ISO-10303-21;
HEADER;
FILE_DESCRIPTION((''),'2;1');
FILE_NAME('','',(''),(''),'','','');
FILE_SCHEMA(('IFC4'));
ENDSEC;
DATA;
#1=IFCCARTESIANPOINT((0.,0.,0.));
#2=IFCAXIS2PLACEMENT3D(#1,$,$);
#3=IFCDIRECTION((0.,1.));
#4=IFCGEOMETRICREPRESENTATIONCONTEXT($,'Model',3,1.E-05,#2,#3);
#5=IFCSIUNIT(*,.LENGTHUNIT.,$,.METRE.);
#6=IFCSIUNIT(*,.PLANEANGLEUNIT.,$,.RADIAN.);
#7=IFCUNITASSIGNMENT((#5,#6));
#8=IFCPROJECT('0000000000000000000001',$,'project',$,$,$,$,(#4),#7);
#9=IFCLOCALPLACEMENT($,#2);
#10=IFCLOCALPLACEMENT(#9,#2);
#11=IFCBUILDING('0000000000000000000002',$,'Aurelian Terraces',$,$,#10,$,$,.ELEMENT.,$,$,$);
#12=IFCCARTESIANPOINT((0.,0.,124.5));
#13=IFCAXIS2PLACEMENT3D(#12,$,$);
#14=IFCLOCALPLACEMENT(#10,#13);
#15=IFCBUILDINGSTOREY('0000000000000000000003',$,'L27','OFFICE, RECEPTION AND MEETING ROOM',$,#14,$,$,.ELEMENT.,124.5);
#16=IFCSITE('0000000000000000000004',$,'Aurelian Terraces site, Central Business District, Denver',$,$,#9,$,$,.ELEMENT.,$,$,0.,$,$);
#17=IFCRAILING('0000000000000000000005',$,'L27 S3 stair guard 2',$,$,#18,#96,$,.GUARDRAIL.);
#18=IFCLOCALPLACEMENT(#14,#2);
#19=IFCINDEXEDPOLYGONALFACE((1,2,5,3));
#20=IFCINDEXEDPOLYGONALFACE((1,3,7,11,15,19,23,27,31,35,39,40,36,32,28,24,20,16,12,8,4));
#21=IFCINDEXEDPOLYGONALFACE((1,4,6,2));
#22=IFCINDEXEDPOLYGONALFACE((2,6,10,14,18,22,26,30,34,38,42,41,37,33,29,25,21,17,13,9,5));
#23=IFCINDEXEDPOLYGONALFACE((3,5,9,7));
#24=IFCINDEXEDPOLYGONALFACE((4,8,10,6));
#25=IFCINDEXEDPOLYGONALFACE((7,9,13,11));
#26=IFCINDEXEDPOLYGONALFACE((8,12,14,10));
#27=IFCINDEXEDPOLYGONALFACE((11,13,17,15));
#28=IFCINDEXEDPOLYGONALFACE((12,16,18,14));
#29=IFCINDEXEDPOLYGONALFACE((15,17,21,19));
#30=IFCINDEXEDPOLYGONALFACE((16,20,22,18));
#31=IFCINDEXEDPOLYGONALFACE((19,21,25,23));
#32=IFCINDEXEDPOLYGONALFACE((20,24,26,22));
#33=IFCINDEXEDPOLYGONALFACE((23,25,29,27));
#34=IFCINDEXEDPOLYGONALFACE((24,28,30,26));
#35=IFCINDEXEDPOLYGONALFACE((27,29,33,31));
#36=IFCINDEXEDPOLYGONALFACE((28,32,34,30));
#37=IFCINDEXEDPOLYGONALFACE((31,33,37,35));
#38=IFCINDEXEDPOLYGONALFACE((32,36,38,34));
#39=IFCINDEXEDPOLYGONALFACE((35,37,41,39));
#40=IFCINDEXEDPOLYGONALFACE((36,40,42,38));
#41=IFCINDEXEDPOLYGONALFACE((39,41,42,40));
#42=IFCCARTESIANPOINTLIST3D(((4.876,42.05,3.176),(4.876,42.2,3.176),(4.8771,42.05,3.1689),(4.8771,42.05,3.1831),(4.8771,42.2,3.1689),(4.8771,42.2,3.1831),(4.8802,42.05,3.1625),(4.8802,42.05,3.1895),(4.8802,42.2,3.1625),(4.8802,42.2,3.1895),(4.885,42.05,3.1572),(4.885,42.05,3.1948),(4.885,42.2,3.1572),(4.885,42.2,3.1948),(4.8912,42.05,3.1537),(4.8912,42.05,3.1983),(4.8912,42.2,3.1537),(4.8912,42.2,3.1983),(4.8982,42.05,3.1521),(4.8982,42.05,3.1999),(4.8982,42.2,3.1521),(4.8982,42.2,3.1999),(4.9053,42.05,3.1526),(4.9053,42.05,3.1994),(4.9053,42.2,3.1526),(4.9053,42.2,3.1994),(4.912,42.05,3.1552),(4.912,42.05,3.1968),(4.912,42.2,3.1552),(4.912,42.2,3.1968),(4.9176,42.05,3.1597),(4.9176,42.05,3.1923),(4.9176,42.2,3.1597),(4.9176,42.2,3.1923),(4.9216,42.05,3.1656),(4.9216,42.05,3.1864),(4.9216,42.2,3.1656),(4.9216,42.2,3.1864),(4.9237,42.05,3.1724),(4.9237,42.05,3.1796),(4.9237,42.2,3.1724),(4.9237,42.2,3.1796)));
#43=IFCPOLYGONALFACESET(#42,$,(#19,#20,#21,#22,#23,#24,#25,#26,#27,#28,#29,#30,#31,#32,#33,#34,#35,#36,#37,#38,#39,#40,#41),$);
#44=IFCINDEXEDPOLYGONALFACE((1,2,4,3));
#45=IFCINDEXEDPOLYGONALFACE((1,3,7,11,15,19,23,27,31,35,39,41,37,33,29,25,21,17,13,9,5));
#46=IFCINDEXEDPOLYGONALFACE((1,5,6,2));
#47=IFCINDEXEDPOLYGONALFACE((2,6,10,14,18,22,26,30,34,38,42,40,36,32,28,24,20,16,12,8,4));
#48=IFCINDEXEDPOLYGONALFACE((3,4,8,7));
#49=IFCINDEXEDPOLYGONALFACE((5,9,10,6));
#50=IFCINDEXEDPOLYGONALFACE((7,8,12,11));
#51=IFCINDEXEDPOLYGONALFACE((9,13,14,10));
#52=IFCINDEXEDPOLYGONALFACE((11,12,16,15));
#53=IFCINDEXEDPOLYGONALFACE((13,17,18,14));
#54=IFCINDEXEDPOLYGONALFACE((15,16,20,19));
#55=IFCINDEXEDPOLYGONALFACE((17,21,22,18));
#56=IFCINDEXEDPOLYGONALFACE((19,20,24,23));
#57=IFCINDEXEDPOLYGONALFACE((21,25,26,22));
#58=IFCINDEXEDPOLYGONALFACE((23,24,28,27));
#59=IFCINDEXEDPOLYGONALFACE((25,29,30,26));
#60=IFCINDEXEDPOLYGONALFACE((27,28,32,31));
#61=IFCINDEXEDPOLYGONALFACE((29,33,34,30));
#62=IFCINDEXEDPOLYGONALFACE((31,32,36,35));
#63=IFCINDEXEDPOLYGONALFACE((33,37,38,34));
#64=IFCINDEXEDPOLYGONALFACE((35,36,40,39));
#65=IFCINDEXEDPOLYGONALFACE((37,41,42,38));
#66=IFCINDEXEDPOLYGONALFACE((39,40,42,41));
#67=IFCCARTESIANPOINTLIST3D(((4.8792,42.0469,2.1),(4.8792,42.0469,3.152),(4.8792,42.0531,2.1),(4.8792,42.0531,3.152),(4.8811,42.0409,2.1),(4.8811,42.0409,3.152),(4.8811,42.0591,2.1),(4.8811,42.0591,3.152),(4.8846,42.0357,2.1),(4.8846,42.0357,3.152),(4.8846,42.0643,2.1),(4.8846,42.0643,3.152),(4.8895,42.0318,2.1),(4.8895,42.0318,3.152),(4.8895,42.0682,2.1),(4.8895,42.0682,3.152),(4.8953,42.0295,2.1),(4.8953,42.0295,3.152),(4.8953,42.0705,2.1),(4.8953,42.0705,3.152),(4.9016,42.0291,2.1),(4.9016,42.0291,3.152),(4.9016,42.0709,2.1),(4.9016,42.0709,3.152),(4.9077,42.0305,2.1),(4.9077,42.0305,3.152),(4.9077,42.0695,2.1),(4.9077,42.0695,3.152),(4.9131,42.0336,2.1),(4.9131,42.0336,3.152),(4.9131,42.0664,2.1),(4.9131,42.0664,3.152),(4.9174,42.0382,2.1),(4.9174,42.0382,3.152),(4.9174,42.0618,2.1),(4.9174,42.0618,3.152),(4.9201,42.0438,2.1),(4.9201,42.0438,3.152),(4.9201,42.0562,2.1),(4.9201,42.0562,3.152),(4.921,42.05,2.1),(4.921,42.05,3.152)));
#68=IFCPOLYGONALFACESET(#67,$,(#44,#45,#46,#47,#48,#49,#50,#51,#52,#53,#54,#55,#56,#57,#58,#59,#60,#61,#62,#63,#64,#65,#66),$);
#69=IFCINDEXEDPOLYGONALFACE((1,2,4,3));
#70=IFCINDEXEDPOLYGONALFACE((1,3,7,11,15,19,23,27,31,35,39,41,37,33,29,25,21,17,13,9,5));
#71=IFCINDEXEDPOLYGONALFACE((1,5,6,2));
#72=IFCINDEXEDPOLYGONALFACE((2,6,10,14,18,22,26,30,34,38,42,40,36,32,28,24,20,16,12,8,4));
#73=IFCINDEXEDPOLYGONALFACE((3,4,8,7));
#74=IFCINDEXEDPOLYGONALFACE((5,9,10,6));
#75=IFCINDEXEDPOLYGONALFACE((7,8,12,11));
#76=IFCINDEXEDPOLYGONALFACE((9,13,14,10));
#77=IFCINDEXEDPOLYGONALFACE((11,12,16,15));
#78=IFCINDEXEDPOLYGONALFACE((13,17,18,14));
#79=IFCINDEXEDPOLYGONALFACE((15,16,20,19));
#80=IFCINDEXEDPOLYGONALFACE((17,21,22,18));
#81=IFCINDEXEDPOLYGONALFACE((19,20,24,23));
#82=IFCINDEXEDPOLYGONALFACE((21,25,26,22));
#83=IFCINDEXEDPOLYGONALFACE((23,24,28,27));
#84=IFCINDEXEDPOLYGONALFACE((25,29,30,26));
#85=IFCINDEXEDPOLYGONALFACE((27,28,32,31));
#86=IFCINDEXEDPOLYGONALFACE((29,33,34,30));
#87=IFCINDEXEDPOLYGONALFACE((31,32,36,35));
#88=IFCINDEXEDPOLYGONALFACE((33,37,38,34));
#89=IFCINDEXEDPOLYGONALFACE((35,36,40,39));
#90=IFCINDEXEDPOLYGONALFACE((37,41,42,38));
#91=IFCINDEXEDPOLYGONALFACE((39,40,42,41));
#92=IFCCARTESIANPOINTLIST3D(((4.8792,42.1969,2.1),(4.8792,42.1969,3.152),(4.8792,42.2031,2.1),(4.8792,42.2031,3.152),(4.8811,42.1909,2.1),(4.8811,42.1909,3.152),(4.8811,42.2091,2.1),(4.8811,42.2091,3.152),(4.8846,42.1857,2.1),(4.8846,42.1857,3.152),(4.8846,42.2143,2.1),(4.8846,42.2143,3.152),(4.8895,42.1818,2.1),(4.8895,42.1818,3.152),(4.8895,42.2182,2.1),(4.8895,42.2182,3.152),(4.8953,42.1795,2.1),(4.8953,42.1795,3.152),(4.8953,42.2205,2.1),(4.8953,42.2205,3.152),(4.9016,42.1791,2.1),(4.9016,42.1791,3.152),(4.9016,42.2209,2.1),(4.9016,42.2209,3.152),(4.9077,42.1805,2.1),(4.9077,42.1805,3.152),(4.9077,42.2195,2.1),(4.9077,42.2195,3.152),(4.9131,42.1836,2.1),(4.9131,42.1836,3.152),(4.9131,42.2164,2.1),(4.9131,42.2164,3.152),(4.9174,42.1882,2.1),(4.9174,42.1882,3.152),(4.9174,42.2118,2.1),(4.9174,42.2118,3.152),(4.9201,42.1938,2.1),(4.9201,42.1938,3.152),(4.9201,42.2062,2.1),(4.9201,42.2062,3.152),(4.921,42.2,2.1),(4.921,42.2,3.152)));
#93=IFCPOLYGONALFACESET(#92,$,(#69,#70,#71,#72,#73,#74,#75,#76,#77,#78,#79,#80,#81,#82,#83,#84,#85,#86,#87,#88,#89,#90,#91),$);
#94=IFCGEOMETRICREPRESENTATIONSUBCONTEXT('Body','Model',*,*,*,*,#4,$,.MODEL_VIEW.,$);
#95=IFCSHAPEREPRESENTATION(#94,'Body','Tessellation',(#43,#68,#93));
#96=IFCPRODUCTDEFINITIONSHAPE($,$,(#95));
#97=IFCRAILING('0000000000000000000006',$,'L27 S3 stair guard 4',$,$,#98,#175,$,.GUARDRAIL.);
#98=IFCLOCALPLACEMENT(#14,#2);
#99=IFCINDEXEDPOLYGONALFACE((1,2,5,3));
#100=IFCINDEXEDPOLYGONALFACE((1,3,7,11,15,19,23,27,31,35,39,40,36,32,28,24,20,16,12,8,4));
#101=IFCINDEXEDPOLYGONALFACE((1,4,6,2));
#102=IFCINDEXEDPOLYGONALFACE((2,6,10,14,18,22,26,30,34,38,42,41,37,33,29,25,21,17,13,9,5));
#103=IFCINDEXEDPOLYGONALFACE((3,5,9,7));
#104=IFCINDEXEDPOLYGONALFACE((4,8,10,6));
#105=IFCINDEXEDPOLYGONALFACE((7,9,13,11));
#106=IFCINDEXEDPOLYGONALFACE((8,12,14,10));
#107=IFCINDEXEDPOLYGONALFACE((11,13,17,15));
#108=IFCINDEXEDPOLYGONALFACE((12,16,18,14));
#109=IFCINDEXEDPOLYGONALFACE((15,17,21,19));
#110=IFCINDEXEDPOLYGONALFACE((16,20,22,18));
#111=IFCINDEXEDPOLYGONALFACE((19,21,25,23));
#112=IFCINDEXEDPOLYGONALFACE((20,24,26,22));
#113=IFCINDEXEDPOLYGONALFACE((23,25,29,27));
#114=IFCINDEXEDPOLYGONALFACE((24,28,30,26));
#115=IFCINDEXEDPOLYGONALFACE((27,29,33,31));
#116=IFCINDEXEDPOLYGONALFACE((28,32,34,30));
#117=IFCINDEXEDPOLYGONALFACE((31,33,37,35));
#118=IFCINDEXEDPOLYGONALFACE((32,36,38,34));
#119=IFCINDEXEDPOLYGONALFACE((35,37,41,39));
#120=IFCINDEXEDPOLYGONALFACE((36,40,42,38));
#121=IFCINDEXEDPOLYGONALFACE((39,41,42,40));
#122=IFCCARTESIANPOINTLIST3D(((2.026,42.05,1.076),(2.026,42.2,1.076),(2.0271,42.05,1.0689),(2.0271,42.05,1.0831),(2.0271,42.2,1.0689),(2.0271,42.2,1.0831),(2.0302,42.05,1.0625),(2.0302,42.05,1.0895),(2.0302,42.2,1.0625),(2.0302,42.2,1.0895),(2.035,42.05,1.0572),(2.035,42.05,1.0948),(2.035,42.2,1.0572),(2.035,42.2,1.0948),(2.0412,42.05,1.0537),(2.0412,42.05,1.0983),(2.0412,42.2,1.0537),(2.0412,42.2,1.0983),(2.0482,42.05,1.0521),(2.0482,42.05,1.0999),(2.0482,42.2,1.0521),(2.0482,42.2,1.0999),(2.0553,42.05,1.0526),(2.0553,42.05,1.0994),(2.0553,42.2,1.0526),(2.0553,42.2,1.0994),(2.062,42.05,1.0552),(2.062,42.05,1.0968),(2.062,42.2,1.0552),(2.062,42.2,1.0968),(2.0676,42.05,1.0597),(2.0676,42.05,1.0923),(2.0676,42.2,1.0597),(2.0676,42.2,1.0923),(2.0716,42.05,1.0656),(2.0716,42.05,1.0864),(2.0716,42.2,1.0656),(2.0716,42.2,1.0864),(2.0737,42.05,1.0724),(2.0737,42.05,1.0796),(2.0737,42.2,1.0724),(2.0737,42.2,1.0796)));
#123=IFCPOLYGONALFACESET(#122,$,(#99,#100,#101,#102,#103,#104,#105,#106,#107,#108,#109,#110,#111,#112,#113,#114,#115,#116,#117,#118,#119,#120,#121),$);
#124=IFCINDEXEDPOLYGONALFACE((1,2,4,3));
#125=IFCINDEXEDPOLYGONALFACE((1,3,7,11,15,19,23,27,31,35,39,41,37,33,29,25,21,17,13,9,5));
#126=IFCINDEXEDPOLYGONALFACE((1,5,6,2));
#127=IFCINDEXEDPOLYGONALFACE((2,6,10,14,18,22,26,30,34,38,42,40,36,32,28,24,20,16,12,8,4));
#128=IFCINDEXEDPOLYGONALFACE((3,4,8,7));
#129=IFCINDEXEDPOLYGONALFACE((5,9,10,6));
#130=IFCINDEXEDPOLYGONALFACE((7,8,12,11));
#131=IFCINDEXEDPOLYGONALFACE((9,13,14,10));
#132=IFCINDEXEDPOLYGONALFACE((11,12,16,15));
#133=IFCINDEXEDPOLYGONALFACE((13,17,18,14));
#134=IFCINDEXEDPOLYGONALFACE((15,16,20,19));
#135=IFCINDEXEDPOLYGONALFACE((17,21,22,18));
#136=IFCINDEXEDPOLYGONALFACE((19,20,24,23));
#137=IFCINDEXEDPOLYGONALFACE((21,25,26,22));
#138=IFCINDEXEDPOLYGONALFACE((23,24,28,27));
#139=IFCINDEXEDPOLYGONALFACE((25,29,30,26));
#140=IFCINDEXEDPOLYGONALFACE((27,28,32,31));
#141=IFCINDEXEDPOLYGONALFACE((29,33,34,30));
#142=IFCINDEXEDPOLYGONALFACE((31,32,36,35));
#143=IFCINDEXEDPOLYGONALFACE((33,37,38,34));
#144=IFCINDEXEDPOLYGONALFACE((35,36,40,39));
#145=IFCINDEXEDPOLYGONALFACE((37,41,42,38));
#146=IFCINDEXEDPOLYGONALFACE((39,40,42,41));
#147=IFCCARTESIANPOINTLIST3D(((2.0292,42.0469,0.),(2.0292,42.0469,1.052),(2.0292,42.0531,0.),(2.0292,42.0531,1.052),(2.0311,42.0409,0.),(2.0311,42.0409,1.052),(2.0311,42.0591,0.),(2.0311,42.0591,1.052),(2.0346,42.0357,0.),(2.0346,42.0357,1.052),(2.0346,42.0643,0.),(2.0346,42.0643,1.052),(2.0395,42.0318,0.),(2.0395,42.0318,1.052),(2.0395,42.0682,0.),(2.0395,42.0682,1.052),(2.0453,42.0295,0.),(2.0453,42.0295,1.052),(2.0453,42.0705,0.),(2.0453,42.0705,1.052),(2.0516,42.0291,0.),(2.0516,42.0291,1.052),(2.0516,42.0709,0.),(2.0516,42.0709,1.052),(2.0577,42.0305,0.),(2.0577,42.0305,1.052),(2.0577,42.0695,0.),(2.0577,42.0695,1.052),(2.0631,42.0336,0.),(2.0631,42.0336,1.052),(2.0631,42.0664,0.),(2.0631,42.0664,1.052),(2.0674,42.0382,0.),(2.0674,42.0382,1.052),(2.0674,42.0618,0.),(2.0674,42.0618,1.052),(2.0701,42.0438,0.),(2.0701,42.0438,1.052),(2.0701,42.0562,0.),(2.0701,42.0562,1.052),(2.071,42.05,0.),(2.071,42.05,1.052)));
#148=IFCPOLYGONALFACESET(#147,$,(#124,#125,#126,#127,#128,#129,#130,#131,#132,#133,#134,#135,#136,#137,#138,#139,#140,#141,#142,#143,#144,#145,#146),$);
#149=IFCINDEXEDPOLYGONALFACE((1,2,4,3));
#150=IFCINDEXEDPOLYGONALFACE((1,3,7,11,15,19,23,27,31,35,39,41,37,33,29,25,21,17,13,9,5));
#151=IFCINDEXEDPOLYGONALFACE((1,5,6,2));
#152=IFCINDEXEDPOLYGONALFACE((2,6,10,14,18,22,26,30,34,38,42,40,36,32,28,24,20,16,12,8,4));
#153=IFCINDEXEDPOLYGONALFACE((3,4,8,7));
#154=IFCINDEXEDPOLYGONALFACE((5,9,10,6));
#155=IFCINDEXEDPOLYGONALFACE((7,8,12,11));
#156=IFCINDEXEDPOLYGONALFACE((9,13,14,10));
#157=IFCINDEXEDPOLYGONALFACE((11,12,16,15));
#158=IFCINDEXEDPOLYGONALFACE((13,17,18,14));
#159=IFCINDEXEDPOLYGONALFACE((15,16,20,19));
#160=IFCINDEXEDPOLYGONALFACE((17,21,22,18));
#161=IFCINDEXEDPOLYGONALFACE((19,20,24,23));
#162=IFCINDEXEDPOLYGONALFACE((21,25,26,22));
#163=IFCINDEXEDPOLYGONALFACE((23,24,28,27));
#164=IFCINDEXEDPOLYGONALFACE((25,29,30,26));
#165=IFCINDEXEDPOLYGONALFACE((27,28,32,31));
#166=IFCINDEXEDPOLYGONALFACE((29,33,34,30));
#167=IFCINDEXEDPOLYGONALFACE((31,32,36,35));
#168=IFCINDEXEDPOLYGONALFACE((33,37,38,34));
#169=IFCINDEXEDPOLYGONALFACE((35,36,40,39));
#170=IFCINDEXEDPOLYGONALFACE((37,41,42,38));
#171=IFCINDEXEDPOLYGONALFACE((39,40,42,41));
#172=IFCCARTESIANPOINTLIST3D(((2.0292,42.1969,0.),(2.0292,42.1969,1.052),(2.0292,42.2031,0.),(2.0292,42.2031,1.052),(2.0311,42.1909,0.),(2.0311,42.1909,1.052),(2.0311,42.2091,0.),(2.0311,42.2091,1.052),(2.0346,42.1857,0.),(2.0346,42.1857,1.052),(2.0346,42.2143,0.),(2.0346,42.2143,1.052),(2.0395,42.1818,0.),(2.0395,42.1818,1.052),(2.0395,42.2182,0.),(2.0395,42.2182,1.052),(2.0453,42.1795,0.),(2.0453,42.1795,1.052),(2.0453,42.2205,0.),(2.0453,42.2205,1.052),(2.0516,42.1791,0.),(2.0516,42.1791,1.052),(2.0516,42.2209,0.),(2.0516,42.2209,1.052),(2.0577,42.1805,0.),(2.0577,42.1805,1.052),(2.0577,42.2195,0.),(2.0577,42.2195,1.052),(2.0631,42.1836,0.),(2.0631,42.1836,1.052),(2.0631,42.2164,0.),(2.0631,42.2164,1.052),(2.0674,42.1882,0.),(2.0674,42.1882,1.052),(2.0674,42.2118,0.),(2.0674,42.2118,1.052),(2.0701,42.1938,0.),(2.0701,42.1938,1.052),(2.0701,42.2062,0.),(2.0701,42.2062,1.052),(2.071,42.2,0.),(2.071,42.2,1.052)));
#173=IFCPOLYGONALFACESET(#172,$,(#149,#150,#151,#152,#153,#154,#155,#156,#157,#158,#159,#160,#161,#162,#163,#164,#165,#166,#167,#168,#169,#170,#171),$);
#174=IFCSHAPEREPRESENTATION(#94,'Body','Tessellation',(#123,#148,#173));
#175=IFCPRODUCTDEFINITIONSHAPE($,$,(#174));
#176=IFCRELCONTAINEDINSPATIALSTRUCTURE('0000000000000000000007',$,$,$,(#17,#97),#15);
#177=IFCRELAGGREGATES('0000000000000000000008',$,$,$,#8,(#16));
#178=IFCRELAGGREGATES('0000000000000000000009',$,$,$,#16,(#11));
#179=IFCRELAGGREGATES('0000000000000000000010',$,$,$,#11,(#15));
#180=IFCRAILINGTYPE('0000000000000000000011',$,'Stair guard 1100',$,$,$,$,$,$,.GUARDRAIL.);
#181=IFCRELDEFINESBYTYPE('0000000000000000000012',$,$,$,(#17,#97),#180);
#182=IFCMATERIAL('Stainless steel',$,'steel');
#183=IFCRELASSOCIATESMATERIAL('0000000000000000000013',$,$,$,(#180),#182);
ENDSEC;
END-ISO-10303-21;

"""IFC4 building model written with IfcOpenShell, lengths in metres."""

from ifc_helpers import new_model, si_unit, direction, frame, origin, origin_2d, place, context, subcontext, project, spatial, circle, extrude, source, transform, mapped, material, type_object, element, save


model = new_model("IFC4")

# Units and contexts
model_context = context("Model", 3, precision=1e-05, world=origin(), true_north=direction((0.0, 1.0)))
body_context = subcontext(model_context, "Body", "Model", "MODEL_VIEW")
ifc_project = project(units=[si_unit("LENGTHUNIT", "METRE"), si_unit("PLANEANGLEUNIT", "RADIAN")], contexts=[model_context])

# Site, building, storey
site_placement = place(None, origin())
site = spatial("IfcSite", under=ifc_project, at=site_placement, Name="Aurelian Terraces site, Central Business District, Denver", CompositionType="ELEMENT", RefElevation=0.0)
building_placement = place(site_placement, origin())
building = spatial("IfcBuilding", under=site, at=building_placement, Name="Aurelian Terraces", CompositionType="ELEMENT")
storey_placement = place(building_placement, frame((0.0, 0.0, 124.5)))
storey = spatial("IfcBuildingStorey", under=building, at=storey_placement, Name="L27", Description="OFFICE, RECEPTION AND MEETING ROOM", CompositionType="ELEMENT", Elevation=124.5)

# Railings
ifc_material_1 = material(Name="Stainless steel", Category="steel")
railing_type_1 = type_object("IfcRailingType", Name="Stair guard 1100", PredefinedType="GUARDRAIL", material=ifc_material_1)
shared_shape_1 = source(origin(), body_context, "Body", "SweptSolid", [
    extrude(circle(Radius=0.024, at=origin_2d()), frame((0.0, 0.0, 1.076), z_axis=(0.0, 1.0, 0.0), x_axis=(-1.0, 0.0, 0.0)), (0.0, 0.0, 1.0), 0.15),
    extrude(circle(Radius=0.021, at=origin_2d()), origin(), (0.0, 0.0, 1.0), 1.052),
    extrude(circle(Radius=0.021, at=origin_2d()), frame((0.0, 0.15, 0.0)), (0.0, 0.0, 1.0), 1.052),
])
for number, where, name in (
    (1, (4.9, 42.05, 2.1), "L27 S3 stair guard 2"),
    (2, (2.05, 42.05, 0.0), "L27 S3 stair guard 4"),
):
    element("IfcRailing", number, at=place(storey_placement, frame(where)), inside=storey, type_object=railing_type_1, Name=name, PredefinedType="GUARDRAIL", context=body_context, shape_type="MappedRepresentation", body=[
        mapped(shared_shape_1, transform((0.0, 0.0, 0.0), scale=1.0)),
    ])

save(model, "model.ifc")
